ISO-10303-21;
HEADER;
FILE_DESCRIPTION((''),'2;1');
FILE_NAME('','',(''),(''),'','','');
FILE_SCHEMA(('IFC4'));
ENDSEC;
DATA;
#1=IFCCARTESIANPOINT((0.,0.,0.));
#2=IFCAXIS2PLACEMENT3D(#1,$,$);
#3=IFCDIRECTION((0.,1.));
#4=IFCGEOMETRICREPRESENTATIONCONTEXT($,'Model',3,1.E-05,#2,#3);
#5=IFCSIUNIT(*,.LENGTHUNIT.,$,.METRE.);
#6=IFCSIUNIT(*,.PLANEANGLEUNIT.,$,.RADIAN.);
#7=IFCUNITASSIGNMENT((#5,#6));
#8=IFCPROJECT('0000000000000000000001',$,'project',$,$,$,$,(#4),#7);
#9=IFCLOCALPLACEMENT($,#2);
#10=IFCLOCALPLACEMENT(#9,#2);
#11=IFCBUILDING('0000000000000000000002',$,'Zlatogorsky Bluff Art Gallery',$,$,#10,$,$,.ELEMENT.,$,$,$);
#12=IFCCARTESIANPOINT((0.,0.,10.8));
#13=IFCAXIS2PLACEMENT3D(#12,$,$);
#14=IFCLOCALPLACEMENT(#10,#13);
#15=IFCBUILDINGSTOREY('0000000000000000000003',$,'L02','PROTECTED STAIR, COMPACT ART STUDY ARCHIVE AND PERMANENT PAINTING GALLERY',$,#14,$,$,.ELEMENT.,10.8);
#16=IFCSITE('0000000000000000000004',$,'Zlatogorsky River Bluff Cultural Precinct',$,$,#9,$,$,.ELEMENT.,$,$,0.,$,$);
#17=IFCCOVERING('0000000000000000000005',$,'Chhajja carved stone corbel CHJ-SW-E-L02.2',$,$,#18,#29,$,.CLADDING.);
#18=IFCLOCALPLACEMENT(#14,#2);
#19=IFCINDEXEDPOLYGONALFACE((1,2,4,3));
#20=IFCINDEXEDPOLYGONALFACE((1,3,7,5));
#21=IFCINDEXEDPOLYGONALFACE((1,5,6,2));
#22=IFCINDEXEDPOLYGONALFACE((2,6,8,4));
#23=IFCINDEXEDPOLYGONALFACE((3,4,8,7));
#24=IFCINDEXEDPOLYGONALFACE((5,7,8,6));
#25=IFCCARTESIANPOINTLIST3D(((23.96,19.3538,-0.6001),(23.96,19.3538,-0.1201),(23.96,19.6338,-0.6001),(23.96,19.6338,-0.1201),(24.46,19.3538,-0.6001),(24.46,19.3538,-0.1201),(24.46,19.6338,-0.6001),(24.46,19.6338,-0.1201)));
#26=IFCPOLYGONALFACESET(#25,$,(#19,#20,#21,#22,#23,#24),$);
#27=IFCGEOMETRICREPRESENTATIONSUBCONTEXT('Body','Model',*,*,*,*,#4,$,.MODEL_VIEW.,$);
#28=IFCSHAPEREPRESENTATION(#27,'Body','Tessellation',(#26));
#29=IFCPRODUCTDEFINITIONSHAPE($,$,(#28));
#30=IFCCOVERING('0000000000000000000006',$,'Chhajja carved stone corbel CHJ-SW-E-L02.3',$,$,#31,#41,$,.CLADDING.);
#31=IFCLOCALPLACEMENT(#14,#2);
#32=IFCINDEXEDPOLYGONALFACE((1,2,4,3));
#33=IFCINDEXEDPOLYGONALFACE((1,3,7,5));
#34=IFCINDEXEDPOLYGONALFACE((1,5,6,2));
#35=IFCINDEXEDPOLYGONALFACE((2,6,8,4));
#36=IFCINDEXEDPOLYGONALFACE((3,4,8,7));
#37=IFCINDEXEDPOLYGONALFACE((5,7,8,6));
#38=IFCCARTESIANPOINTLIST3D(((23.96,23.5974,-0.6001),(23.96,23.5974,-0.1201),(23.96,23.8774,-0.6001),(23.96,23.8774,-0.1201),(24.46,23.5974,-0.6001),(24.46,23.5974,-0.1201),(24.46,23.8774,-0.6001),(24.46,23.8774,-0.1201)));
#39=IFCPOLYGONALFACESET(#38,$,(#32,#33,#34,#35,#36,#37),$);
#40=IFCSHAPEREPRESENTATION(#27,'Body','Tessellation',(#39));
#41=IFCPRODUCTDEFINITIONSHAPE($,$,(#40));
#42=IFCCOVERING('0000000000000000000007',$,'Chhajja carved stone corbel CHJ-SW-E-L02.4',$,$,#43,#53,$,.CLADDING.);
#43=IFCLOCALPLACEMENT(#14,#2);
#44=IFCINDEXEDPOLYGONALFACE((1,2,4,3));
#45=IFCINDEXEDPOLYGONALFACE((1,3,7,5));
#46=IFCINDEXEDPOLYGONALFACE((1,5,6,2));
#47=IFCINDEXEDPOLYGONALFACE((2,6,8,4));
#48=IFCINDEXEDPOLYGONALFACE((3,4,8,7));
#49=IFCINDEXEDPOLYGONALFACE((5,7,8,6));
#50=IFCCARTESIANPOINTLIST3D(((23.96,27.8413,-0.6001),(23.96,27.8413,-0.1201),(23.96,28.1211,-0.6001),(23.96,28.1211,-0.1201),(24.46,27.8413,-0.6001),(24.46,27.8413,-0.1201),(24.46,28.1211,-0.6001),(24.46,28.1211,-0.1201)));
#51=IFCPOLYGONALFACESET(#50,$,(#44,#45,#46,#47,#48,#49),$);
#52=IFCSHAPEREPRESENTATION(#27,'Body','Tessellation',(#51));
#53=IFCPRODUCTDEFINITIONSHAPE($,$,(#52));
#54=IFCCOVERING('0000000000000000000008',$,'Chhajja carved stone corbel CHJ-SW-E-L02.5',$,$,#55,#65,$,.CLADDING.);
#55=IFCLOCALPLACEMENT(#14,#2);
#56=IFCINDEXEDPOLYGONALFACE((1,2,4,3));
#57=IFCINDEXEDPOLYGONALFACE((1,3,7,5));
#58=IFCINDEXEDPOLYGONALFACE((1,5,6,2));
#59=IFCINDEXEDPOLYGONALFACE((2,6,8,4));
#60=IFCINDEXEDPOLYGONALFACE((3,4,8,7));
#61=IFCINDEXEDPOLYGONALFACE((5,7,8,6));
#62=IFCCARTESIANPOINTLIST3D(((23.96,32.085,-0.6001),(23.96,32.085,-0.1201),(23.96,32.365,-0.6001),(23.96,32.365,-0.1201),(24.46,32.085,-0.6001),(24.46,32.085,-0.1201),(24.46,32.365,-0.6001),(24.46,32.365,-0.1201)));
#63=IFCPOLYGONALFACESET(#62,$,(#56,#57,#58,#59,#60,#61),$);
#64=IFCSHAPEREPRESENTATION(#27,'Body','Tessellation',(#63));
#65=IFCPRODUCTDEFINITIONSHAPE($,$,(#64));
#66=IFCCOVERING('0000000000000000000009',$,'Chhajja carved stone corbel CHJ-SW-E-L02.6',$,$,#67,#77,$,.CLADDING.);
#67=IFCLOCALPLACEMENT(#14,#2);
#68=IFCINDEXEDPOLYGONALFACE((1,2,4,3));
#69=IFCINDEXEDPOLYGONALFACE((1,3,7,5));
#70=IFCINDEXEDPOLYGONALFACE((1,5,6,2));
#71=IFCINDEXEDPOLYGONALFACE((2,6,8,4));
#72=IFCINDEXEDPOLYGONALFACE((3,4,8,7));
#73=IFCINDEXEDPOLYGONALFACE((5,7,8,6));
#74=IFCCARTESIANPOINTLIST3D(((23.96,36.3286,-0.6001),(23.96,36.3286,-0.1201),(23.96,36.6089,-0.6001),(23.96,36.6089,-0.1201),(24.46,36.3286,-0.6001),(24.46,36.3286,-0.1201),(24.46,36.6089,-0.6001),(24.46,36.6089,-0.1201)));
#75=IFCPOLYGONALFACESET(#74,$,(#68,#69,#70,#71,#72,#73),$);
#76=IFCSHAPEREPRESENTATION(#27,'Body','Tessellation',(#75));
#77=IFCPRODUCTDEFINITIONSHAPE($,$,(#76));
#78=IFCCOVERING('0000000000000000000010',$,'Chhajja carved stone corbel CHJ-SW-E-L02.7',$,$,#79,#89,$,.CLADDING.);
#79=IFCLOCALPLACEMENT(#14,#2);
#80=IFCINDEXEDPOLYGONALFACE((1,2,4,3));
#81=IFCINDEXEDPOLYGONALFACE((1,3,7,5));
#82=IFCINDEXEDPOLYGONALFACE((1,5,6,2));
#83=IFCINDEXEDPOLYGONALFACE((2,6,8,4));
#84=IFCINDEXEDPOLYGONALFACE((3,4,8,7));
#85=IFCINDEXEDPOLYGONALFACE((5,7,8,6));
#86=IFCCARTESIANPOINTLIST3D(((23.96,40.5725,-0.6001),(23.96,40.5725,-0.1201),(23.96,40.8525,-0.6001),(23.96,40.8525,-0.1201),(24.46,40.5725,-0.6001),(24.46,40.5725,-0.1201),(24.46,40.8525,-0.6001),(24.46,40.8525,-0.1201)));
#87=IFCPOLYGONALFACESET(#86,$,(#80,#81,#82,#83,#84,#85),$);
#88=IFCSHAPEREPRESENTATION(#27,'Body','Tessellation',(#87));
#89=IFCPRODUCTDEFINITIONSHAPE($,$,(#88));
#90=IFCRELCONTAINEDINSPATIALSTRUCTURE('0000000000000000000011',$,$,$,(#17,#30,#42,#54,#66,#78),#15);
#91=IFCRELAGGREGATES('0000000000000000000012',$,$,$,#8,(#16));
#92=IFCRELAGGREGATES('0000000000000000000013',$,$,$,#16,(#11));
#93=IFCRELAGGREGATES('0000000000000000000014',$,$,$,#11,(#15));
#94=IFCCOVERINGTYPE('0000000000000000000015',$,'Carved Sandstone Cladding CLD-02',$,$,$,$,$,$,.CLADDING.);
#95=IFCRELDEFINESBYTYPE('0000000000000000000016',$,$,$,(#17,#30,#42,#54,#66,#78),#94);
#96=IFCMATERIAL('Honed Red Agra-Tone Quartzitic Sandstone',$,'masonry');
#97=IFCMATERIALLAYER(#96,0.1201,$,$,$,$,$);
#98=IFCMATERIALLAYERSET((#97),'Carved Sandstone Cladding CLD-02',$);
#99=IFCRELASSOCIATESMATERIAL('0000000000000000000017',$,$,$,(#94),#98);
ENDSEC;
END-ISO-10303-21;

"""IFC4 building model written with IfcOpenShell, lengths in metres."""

from ifc_helpers import new_model, si_unit, direction, frame, origin, place, context, subcontext, project, spatial, polyline, outline, extrude, material, layer, layer_set, type_object, element, save


model = new_model("IFC4")

# Units and contexts
model_context = context("Model", 3, precision=1e-05, world=origin(), true_north=direction((0.0, 1.0)))
body_context = subcontext(model_context, "Body", "Model", "MODEL_VIEW")
ifc_project = project(units=[si_unit("LENGTHUNIT", "METRE"), si_unit("PLANEANGLEUNIT", "RADIAN")], contexts=[model_context])

# Site, building, storey
site_placement = place(None, origin())
site = spatial("IfcSite", under=ifc_project, at=site_placement, Name="Zlatogorsky River Bluff Cultural Precinct", CompositionType="ELEMENT", RefElevation=0.0)
building_placement = place(site_placement, origin())
building = spatial("IfcBuilding", under=site, at=building_placement, Name="Zlatogorsky Bluff Art Gallery", CompositionType="ELEMENT")
storey_placement = place(building_placement, frame((0.0, 0.0, 10.8)))
storey = spatial("IfcBuildingStorey", under=building, at=storey_placement, Name="L02", Description="PROTECTED STAIR, COMPACT ART STUDY ARCHIVE AND PERMANENT PAINTING GALLERY", CompositionType="ELEMENT", Elevation=10.8)

# Coverings
ifc_material = material(Name="Honed Red Agra-Tone Quartzitic Sandstone", Category="masonry")
ifc_layer = layer(ifc_material, 0.1201)
ifc_layer_set = layer_set([ifc_layer], Name="Carved Sandstone Cladding CLD-02")
covering_type = type_object("IfcCoveringType", Name="Carved Sandstone Cladding CLD-02", PredefinedType="CLADDING", material=ifc_layer_set)
covering_1_placement = place(storey_placement, frame((0.0, 0.0, -0.6001)))
element("IfcCovering", 1, at=covering_1_placement, inside=storey, type_object=covering_type, Name="Chhajja carved stone corbel CHJ-SW-E-L02.2", PredefinedType="CLADDING", context=body_context, shape_type="SweptSolid", body=[
    extrude(outline(polyline([(23.96, 19.3538), (23.96, 19.6338), (24.46, 19.6338), (24.46, 19.3538), (23.96, 19.3538)])), origin(), (0.0, 0.0, 1.0), 0.48),
])
covering_2_placement = place(storey_placement, frame((0.0, 0.0, -0.6001)))
element("IfcCovering", 2, at=covering_2_placement, inside=storey, type_object=covering_type, Name="Chhajja carved stone corbel CHJ-SW-E-L02.3", PredefinedType="CLADDING", context=body_context, shape_type="SweptSolid", body=[
    extrude(outline(polyline([(23.96, 23.5974), (23.96, 23.8774), (24.46, 23.8774), (24.46, 23.5974), (23.96, 23.5974)])), origin(), (0.0, 0.0, 1.0), 0.48),
])
covering_3_placement = place(storey_placement, frame((0.0, 0.0, -0.6001)))
element("IfcCovering", 3, at=covering_3_placement, inside=storey, type_object=covering_type, Name="Chhajja carved stone corbel CHJ-SW-E-L02.4", PredefinedType="CLADDING", context=body_context, shape_type="SweptSolid", body=[
    extrude(outline(polyline([(23.96, 27.8413), (23.96, 28.1211), (24.46, 28.1211), (24.46, 27.8413), (23.96, 27.8413)])), origin(), (0.0, 0.0, 1.0), 0.48),
])
covering_4_placement = place(storey_placement, frame((0.0, 0.0, -0.6001)))
element("IfcCovering", 4, at=covering_4_placement, inside=storey, type_object=covering_type, Name="Chhajja carved stone corbel CHJ-SW-E-L02.5", PredefinedType="CLADDING", context=body_context, shape_type="SweptSolid", body=[
    extrude(outline(polyline([(23.96, 32.085), (23.96, 32.365), (24.46, 32.365), (24.46, 32.085), (23.96, 32.085)])), origin(), (0.0, 0.0, 1.0), 0.48),
])
covering_5_placement = place(storey_placement, frame((0.0, 0.0, -0.6001)))
element("IfcCovering", 5, at=covering_5_placement, inside=storey, type_object=covering_type, Name="Chhajja carved stone corbel CHJ-SW-E-L02.6", PredefinedType="CLADDING", context=body_context, shape_type="SweptSolid", body=[
    extrude(outline(polyline([(23.96, 36.3286), (23.96, 36.6089), (24.46, 36.6089), (24.46, 36.3286), (23.96, 36.3286)])), origin(), (0.0, 0.0, 1.0), 0.48),
])
covering_6_placement = place(storey_placement, frame((0.0, 0.0, -0.6001)))
element("IfcCovering", 6, at=covering_6_placement, inside=storey, type_object=covering_type, Name="Chhajja carved stone corbel CHJ-SW-E-L02.7", PredefinedType="CLADDING", context=body_context, shape_type="SweptSolid", body=[
    extrude(outline(polyline([(23.96, 40.5725), (23.96, 40.8525), (24.46, 40.8525), (24.46, 40.5725), (23.96, 40.5725)])), origin(), (0.0, 0.0, 1.0), 0.48),
])

save(model, "model.ifc")
